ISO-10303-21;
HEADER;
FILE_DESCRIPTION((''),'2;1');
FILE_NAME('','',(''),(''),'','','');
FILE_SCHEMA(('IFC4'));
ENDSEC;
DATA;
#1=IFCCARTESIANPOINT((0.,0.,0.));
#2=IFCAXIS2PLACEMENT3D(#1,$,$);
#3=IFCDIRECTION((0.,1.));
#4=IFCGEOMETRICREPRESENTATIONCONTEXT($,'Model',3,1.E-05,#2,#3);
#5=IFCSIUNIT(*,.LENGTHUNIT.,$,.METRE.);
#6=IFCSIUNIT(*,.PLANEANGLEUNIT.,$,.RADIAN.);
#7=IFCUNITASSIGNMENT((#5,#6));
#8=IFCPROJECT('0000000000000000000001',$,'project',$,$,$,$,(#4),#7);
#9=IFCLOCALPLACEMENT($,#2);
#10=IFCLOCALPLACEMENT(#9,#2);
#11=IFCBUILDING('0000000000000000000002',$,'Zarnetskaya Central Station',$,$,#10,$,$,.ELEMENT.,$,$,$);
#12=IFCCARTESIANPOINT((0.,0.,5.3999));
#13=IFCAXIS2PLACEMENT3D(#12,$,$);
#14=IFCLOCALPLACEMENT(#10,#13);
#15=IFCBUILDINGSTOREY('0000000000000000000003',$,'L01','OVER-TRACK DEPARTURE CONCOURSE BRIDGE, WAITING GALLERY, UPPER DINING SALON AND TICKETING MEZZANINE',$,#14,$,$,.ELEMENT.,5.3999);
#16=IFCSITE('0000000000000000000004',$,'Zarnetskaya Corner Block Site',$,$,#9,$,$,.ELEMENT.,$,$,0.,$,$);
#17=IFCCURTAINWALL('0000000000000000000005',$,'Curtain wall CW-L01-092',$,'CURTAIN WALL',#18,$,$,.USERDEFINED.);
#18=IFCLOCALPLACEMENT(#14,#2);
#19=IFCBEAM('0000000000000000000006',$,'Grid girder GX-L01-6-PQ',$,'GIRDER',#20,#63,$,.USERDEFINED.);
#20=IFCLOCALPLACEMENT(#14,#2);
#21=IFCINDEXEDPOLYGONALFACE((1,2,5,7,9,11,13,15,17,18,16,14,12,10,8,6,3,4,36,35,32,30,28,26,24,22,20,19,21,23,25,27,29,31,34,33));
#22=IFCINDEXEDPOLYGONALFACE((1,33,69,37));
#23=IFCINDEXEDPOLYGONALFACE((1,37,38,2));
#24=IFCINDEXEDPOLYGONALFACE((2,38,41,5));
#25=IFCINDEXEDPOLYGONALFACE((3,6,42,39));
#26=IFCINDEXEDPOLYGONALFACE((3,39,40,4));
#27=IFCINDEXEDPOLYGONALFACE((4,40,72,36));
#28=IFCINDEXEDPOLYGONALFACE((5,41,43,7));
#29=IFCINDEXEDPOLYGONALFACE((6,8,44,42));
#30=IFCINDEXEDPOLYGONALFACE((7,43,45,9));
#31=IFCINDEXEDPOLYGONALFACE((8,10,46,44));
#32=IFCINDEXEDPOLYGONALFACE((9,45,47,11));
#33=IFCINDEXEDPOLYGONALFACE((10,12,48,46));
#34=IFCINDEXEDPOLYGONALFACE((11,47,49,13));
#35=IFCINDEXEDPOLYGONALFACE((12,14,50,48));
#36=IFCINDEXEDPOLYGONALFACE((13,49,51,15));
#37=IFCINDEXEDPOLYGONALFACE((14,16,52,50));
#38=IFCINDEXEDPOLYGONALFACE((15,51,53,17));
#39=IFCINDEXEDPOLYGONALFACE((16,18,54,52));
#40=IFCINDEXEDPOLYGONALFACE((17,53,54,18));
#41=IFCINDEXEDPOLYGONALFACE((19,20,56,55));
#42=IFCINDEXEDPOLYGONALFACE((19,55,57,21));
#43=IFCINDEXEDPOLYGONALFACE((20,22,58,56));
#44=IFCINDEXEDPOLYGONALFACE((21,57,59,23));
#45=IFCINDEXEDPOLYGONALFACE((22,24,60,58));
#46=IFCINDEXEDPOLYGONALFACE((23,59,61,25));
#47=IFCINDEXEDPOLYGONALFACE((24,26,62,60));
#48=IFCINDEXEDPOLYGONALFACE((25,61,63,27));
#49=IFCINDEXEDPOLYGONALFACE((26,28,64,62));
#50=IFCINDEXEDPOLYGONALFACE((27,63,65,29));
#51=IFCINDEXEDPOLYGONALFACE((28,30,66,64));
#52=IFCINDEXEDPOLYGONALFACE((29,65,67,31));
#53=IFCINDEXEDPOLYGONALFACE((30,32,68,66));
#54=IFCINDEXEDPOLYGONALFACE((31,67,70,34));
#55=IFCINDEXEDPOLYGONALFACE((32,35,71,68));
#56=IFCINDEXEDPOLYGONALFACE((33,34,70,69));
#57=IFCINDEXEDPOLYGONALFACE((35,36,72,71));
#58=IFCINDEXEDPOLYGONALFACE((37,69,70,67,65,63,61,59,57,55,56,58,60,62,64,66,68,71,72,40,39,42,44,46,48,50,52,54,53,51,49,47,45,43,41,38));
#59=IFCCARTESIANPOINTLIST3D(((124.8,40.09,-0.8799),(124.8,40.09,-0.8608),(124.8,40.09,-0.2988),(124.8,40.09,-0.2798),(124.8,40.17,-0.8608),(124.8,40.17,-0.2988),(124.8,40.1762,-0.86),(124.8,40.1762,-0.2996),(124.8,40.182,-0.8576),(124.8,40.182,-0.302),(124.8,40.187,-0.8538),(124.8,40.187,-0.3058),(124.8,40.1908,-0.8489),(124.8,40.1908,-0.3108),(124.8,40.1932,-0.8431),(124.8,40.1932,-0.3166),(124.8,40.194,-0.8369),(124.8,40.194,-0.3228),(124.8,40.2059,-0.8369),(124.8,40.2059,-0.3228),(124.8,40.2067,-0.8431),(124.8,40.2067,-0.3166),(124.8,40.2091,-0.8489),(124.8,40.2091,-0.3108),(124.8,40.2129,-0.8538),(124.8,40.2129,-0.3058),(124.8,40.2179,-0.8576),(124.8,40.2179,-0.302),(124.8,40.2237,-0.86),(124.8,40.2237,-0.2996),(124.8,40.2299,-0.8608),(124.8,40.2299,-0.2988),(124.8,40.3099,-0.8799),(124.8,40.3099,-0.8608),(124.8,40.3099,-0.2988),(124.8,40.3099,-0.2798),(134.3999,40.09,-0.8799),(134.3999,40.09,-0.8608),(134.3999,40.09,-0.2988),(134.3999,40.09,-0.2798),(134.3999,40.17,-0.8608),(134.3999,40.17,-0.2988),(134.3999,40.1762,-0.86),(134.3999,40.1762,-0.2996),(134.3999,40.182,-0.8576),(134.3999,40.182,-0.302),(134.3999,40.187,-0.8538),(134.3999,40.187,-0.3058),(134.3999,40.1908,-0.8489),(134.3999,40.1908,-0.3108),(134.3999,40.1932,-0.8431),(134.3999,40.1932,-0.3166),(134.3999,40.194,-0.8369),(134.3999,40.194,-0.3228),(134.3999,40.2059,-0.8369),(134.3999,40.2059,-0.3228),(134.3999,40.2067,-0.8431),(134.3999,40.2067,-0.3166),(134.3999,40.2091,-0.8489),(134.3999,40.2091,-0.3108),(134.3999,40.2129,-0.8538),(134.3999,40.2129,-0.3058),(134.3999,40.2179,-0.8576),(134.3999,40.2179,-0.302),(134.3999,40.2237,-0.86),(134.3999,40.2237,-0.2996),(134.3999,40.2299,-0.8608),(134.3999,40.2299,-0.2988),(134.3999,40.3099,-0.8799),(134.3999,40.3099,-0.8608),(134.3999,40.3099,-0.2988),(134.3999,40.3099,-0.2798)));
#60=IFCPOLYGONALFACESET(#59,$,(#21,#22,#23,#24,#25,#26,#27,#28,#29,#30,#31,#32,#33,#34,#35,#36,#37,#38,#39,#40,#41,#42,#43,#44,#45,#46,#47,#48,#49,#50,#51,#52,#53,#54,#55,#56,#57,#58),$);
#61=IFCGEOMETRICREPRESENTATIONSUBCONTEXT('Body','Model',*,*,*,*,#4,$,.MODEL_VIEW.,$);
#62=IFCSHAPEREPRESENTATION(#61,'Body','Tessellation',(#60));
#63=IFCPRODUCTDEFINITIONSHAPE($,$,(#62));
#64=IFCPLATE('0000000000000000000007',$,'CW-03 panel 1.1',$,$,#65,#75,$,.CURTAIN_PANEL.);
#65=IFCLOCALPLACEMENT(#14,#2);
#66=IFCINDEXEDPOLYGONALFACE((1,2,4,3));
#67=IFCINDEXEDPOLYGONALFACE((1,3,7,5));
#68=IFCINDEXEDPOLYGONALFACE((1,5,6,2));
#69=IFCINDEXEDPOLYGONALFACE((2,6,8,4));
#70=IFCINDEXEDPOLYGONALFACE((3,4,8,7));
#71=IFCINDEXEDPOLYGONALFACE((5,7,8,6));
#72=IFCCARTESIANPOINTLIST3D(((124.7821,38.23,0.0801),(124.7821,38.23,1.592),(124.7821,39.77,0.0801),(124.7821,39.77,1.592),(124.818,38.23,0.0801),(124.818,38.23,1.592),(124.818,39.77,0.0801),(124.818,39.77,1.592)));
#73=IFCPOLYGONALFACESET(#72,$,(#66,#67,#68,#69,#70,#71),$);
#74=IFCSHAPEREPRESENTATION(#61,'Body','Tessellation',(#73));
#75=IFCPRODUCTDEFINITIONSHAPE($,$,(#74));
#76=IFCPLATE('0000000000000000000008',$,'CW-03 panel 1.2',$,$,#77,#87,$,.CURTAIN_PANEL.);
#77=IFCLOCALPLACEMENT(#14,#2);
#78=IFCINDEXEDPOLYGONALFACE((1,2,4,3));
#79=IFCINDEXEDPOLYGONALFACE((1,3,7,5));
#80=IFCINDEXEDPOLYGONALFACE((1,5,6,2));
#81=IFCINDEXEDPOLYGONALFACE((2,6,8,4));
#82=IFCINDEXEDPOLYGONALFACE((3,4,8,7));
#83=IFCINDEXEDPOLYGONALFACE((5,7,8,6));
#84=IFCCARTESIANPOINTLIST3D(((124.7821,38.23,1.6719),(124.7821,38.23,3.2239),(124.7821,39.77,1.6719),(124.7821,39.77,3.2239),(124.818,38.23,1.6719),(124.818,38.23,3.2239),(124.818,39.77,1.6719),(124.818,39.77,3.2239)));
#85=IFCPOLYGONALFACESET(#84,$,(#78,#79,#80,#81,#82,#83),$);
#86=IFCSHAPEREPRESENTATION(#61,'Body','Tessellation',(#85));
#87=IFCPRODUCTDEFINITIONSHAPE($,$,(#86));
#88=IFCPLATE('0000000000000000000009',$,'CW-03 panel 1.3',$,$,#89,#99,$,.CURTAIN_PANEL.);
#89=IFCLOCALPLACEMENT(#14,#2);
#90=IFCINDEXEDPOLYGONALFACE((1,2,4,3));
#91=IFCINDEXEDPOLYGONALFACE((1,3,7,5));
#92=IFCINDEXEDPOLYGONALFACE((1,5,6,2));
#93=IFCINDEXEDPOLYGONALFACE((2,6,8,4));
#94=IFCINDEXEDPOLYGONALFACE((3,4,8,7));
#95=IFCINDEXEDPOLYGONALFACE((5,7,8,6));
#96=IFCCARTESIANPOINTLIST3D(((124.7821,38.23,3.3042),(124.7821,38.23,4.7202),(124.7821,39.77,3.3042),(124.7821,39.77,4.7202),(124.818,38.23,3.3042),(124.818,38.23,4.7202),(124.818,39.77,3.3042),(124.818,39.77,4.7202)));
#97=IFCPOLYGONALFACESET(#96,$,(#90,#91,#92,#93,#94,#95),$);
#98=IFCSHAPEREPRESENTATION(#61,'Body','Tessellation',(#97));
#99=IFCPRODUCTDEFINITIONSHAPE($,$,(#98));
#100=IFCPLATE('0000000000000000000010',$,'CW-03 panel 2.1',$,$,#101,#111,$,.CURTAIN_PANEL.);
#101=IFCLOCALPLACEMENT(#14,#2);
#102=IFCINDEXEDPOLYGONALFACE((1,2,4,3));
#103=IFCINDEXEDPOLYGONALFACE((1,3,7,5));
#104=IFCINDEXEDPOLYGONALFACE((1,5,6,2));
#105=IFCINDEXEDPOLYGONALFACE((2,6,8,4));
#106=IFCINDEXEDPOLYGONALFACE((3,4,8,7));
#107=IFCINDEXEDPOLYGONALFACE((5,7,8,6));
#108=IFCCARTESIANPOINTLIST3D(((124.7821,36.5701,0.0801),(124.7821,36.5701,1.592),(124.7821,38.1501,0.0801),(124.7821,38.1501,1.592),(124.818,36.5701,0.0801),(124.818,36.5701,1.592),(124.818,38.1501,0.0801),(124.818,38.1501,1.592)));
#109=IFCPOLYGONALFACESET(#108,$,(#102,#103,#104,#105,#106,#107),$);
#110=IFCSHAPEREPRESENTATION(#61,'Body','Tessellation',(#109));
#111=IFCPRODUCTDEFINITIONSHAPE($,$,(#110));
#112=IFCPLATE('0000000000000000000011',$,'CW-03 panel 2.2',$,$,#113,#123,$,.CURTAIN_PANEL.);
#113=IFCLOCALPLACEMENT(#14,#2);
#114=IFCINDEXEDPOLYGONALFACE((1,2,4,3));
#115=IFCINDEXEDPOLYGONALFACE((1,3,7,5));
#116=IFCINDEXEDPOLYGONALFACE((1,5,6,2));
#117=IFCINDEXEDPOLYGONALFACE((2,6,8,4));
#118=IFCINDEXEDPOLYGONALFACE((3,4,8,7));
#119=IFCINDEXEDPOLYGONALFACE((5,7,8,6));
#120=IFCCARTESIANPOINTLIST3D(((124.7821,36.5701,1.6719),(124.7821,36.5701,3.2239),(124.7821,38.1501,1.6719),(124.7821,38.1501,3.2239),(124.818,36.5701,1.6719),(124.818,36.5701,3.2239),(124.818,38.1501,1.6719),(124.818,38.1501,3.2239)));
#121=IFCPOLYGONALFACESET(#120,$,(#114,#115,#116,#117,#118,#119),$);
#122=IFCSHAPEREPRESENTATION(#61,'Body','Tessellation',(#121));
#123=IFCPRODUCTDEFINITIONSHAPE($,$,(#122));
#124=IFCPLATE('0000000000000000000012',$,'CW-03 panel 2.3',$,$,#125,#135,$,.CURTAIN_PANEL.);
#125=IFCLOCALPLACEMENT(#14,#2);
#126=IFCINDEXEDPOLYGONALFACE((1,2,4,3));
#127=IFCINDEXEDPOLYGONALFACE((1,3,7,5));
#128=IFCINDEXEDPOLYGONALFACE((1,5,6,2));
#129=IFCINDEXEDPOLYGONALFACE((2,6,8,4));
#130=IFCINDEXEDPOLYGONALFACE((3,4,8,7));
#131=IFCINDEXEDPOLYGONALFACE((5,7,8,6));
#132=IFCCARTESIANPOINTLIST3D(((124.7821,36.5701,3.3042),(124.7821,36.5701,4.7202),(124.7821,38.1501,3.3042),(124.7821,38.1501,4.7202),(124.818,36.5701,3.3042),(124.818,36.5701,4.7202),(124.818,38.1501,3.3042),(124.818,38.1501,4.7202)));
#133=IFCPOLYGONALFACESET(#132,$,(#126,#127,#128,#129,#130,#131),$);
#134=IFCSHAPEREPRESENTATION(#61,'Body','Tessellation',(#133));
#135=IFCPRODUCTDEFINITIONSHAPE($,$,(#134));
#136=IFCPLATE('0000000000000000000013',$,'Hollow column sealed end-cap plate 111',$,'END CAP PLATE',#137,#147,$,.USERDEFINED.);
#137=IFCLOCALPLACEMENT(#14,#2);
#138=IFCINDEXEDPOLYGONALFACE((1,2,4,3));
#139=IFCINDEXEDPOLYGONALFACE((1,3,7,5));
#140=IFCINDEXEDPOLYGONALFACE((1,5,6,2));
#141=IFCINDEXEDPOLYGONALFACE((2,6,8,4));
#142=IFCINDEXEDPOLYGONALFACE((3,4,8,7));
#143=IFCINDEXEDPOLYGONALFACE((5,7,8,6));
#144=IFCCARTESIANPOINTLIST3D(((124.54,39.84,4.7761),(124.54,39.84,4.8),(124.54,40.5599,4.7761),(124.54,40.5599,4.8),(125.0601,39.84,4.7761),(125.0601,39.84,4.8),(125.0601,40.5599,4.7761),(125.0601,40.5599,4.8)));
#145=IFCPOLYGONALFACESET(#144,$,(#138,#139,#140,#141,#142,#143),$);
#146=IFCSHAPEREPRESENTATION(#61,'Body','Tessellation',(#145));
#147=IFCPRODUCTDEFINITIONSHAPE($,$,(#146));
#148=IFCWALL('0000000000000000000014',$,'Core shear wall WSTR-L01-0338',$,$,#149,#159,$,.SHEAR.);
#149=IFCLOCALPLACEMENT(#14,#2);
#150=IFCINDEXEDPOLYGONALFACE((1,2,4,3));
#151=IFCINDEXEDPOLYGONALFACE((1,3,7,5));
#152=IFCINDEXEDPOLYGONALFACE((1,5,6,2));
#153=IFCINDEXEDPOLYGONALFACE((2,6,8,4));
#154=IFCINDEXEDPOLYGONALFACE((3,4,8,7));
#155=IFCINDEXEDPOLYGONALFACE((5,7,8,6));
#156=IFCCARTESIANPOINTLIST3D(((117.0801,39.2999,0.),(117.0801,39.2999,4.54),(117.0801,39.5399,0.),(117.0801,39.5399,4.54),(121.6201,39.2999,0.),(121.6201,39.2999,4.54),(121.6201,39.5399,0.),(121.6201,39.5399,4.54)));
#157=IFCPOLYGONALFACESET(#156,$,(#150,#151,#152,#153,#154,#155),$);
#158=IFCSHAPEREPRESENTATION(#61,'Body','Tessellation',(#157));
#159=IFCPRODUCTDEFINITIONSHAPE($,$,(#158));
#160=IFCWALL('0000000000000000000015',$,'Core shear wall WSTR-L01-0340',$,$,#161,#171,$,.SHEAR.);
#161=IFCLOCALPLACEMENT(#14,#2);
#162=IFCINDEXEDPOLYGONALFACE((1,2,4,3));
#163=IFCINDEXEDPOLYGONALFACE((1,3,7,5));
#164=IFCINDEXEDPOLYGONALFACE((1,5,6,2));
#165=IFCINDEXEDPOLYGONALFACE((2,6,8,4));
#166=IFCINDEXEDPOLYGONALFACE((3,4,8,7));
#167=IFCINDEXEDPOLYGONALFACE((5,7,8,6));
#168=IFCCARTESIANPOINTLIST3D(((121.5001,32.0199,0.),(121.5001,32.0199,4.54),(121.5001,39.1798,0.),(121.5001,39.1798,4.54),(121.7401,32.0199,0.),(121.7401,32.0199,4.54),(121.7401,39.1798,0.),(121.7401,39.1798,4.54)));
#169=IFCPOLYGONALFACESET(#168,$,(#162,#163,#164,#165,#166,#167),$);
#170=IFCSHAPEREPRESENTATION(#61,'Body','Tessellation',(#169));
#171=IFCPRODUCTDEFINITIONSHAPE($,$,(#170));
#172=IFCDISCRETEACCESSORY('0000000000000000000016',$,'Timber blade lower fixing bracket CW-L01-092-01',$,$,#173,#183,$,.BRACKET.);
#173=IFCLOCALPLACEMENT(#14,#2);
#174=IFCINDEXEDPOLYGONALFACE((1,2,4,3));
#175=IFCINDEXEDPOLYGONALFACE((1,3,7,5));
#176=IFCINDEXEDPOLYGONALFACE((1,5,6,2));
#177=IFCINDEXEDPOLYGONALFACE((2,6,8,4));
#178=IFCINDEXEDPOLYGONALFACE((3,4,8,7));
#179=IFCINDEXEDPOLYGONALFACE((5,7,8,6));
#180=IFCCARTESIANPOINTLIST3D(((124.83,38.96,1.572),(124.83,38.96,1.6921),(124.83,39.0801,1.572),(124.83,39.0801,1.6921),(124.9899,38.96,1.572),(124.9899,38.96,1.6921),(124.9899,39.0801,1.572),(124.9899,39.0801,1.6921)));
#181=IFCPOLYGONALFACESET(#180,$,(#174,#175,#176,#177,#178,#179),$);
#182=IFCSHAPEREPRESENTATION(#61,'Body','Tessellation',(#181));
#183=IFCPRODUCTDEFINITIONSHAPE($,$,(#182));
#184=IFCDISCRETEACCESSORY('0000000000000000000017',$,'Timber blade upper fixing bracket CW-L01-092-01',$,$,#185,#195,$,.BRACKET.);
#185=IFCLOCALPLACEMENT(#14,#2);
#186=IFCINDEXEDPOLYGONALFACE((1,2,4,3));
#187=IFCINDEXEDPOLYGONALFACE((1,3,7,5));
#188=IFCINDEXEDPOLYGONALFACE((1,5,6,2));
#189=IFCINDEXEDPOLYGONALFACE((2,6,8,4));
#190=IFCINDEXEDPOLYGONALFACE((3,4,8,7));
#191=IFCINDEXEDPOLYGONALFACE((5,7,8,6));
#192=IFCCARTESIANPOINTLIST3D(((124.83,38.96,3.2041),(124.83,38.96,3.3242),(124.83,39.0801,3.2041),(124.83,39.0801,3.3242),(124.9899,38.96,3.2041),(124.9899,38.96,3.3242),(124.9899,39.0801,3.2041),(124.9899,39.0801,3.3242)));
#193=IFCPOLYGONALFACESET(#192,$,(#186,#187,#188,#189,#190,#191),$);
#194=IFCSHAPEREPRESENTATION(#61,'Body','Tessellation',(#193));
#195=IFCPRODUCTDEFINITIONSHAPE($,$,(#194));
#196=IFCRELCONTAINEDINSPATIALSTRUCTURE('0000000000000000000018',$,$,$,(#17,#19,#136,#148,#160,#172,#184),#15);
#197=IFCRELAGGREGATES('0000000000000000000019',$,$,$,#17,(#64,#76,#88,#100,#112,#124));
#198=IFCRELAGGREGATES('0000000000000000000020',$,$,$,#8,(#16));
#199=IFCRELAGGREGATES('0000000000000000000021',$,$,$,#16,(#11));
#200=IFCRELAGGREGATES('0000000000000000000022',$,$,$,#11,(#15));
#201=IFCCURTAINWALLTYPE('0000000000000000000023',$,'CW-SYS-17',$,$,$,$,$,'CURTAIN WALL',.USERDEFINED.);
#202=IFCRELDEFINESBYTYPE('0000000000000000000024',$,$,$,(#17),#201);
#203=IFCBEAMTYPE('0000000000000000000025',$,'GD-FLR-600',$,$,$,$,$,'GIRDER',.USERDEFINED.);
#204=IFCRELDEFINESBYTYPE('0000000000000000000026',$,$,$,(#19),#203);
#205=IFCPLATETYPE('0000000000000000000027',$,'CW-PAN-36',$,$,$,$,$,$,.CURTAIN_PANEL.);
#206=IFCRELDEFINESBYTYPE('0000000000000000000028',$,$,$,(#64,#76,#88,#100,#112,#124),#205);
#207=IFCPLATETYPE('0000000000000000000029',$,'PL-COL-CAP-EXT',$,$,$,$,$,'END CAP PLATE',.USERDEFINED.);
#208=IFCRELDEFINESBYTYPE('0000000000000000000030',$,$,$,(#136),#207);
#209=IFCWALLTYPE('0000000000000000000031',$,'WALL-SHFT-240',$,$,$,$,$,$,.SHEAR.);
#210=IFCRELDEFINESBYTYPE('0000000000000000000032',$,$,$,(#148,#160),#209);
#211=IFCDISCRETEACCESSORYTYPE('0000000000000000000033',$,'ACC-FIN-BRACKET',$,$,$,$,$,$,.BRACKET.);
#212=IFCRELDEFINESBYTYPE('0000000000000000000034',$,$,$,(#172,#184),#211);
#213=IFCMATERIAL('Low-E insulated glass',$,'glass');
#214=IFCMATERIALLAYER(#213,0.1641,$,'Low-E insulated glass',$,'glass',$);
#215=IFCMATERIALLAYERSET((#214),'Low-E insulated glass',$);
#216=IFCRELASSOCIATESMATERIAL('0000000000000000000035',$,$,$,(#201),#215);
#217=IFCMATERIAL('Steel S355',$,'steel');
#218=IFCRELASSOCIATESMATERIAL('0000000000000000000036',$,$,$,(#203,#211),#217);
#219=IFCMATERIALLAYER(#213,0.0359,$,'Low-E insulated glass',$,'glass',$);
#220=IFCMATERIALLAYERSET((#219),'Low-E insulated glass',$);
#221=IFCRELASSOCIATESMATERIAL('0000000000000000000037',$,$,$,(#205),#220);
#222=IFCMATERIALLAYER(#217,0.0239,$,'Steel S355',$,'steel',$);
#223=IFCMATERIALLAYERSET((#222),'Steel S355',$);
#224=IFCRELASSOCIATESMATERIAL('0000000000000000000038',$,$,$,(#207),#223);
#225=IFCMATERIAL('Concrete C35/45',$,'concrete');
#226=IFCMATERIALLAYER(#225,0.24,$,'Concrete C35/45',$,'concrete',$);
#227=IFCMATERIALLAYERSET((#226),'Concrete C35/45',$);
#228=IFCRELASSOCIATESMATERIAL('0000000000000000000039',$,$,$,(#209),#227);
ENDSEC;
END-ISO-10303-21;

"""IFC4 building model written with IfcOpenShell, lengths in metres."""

from ifc_helpers import new_model, si_unit, direction, frame, frame_2d, origin, origin_2d, place, context, subcontext, project, spatial, rectangle, i_section, extrude, material, layer, layer_set, material_profile, profile_set, type_object, element, aggregate, save


model = new_model("IFC4")

# Units and contexts
model_context = context("Model", 3, precision=1e-05, world=origin(), true_north=direction((0.0, 1.0)))
body_context = subcontext(model_context, "Body", "Model", "MODEL_VIEW")
ifc_project = project(units=[si_unit("LENGTHUNIT", "METRE"), si_unit("PLANEANGLEUNIT", "RADIAN")], contexts=[model_context])

# Site, building, storey
site_placement = place(None, origin())
site = spatial("IfcSite", under=ifc_project, at=site_placement, Name="Zarnetskaya Corner Block Site", CompositionType="ELEMENT", RefElevation=0.0)
building_placement = place(site_placement, origin())
building = spatial("IfcBuilding", under=site, at=building_placement, Name="Zarnetskaya Central Station", CompositionType="ELEMENT")
storey_placement = place(building_placement, frame((0.0, 0.0, 5.3999)))
storey = spatial("IfcBuildingStorey", under=building, at=storey_placement, Name="L01", Description="OVER-TRACK DEPARTURE CONCOURSE BRIDGE, WAITING GALLERY, UPPER DINING SALON AND TICKETING MEZZANINE", CompositionType="ELEMENT", Elevation=5.3999)

# Shared definitions
ifc_material_1 = material(Name="Steel S355", Category="steel")

# Shared definitions
ifc_material_2 = material(Name="Low-E insulated glass", Category="glass")
ifc_layer_1 = layer(ifc_material_2, 0.1641, Name="Low-E insulated glass", Category="glass")
ifc_layer_set_1 = layer_set([ifc_layer_1], Name="Low-E insulated glass")
curtain_wall_type = type_object("IfcCurtainWallType", Name="CW-SYS-17", ElementType="CURTAIN WALL", PredefinedType="USERDEFINED", material=ifc_layer_set_1)

# Curtain wall
curtain_wall_1_placement = place(storey_placement, origin())
curtain_wall_1 = element("IfcCurtainWall", 1, at=curtain_wall_1_placement, inside=storey, type_object=curtain_wall_type, Name="Curtain wall CW-L01-092", ObjectType="CURTAIN WALL", PredefinedType="USERDEFINED")

# Beam
ifc_material_profile_1 = material_profile(ifc_material_1, i_section(OverallWidth=0.22, OverallDepth=0.6001, WebThickness=0.012, FlangeThickness=0.019, FilletRadius=0.0239, at=origin_2d()), Name="IPE 600")
ifc_profile_set_1 = profile_set([ifc_material_profile_1], Name="Steel S355")
beam_type_1 = type_object("IfcBeamType", Name="GD-FLR-600", ElementType="GIRDER", PredefinedType="USERDEFINED", material=ifc_profile_set_1)
beam_1_placement = place(storey_placement, frame((124.8, 40.2, -0.5798), z_axis=(1.0, 0.0, 0.0), x_axis=(0.0, 1.0, 0.0)))
element("IfcBeam", 2, at=beam_1_placement, inside=storey, type_object=beam_type_1, Name="Grid girder GX-L01-6-PQ", ObjectType="GIRDER", PredefinedType="USERDEFINED", context=body_context, shape_type="SweptSolid", body=[
    extrude(i_section(OverallWidth=0.22, OverallDepth=0.6001, WebThickness=0.012, FlangeThickness=0.019, FilletRadius=0.0239, at=origin_2d()), origin(), (0.0, 0.0, 1.0), 9.5999),
])

# Plates
ifc_layer_2 = layer(ifc_material_2, 0.0359, Name="Low-E insulated glass", Category="glass")
ifc_layer_set_2 = layer_set([ifc_layer_2], Name="Low-E insulated glass")
plate_type_1 = type_object("IfcPlateType", Name="CW-PAN-36", PredefinedType="CURTAIN_PANEL", material=ifc_layer_set_2)
plate_1_placement = place(storey_placement, frame((124.8, 39.0, 0.0801), z_axis=(0.0, 0.0, 1.0), x_axis=(0.0, -1.0, 0.0)))
plate_1 = element("IfcPlate", 3, at=plate_1_placement, type_object=plate_type_1, Name="CW-03 panel 1.1", PredefinedType="CURTAIN_PANEL", context=body_context, shape_type="SweptSolid", body=[
    extrude(rectangle(XDim=1.54, YDim=0.0359, at=origin_2d()), origin(), (0.0, 0.0, 1.0), 1.512),
])
plate_2_placement = place(storey_placement, frame((124.8, 39.0, 1.6719), z_axis=(0.0, 0.0, 1.0), x_axis=(0.0, -1.0, 0.0)))
plate_2 = element("IfcPlate", 4, at=plate_2_placement, type_object=plate_type_1, Name="CW-03 panel 1.2", PredefinedType="CURTAIN_PANEL", context=body_context, shape_type="SweptSolid", body=[
    extrude(rectangle(XDim=1.54, YDim=0.0359, at=origin_2d()), origin(), (0.0, 0.0, 1.0), 1.552),
])
plate_3_placement = place(storey_placement, frame((124.8, 39.0, 3.3042), z_axis=(0.0, 0.0, 1.0), x_axis=(0.0, -1.0, 0.0)))
plate_3 = element("IfcPlate", 5, at=plate_3_placement, type_object=plate_type_1, Name="CW-03 panel 1.3", PredefinedType="CURTAIN_PANEL", context=body_context, shape_type="SweptSolid", body=[
    extrude(rectangle(XDim=1.54, YDim=0.0359, at=origin_2d()), origin(), (0.0, 0.0, 1.0), 1.416),
])
plate_4_placement = place(storey_placement, frame((124.8, 37.3601, 0.0801), z_axis=(0.0, 0.0, 1.0), x_axis=(0.0, -1.0, 0.0)))
plate_4 = element("IfcPlate", 6, at=plate_4_placement, type_object=plate_type_1, Name="CW-03 panel 2.1", PredefinedType="CURTAIN_PANEL", context=body_context, shape_type="SweptSolid", body=[
    extrude(rectangle(XDim=1.5801, YDim=0.0359, at=origin_2d()), origin(), (0.0, 0.0, 1.0), 1.512),
])
plate_5_placement = place(storey_placement, frame((124.8, 37.3601, 1.6719), z_axis=(0.0, 0.0, 1.0), x_axis=(0.0, -1.0, 0.0)))
plate_5 = element("IfcPlate", 7, at=plate_5_placement, type_object=plate_type_1, Name="CW-03 panel 2.2", PredefinedType="CURTAIN_PANEL", context=body_context, shape_type="SweptSolid", body=[
    extrude(rectangle(XDim=1.5801, YDim=0.0359, at=origin_2d()), origin(), (0.0, 0.0, 1.0), 1.552),
])
plate_6_placement = place(storey_placement, frame((124.8, 37.3601, 3.3042), z_axis=(0.0, 0.0, 1.0), x_axis=(0.0, -1.0, 0.0)))
plate_6 = element("IfcPlate", 8, at=plate_6_placement, type_object=plate_type_1, Name="CW-03 panel 2.3", PredefinedType="CURTAIN_PANEL", context=body_context, shape_type="SweptSolid", body=[
    extrude(rectangle(XDim=1.5801, YDim=0.0359, at=origin_2d()), origin(), (0.0, 0.0, 1.0), 1.416),
])
aggregate(curtain_wall_1, [plate_1, plate_2, plate_3, plate_4, plate_5, plate_6])
ifc_layer_3 = layer(ifc_material_1, 0.0239, Name="Steel S355", Category="steel")
ifc_layer_set_3 = layer_set([ifc_layer_3], Name="Steel S355")
plate_type_2 = type_object("IfcPlateType", Name="PL-COL-CAP-EXT", ElementType="END CAP PLATE", PredefinedType="USERDEFINED", material=ifc_layer_set_3)
plate_7_placement = place(storey_placement, frame((124.8, 40.2, 4.7761), z_axis=(0.0, 0.0, 1.0), x_axis=(1.0, 0.0, 0.0)))
element("IfcPlate", 9, at=plate_7_placement, inside=storey, type_object=plate_type_2, Name="Hollow column sealed end-cap plate 111", ObjectType="END CAP PLATE", PredefinedType="USERDEFINED", context=body_context, shape_type="SweptSolid", body=[
    extrude(rectangle(XDim=0.52, YDim=0.72, at=origin_2d()), origin(), (0.0, 0.0, 1.0), 0.0239),
])

# Walls
ifc_material_3 = material(Name="Concrete C35/45", Category="concrete")
ifc_layer_4 = layer(ifc_material_3, 0.24, Name="Concrete C35/45", Category="concrete")
ifc_layer_set_4 = layer_set([ifc_layer_4], Name="Concrete C35/45")
wall_type = type_object("IfcWallType", Name="WALL-SHFT-240", PredefinedType="SHEAR", material=ifc_layer_set_4)
wall_1_placement = place(storey_placement, frame((117.0801, 39.4199, 0.0), z_axis=(0.0, 0.0, 1.0), x_axis=(1.0, 0.0, 0.0)))
element("IfcWall", 10, at=wall_1_placement, inside=storey, type_object=wall_type, Name="Core shear wall WSTR-L01-0338", PredefinedType="SHEAR", context=body_context, shape_type="SweptSolid", body=[
    extrude(rectangle(XDim=4.54, YDim=0.24, at=frame_2d((2.27, 0.0))), origin(), (0.0, 0.0, 1.0), 4.54),
])
wall_2_placement = place(storey_placement, frame((121.6201, 39.1799, 0.0), z_axis=(0.0, 0.0, 1.0), x_axis=(0.0, -1.0, 0.0)))
element("IfcWall", 11, at=wall_2_placement, inside=storey, type_object=wall_type, Name="Core shear wall WSTR-L01-0340", PredefinedType="SHEAR", context=body_context, shape_type="SweptSolid", body=[
    extrude(rectangle(XDim=7.1599, YDim=0.24, at=frame_2d((3.5801, 0.0))), origin(), (0.0, 0.0, 1.0), 4.54),
])

# Discrete accessories
discrete_accessory_type = type_object("IfcDiscreteAccessoryType", Name="ACC-FIN-BRACKET", PredefinedType="BRACKET", material=ifc_material_1)
for number, where, z_axis, x_axis, name in (
    (12, (124.9099, 39.02, 1.572), (0.0, 0.0, 1.0), (0.0, -1.0, 0.0), "Timber blade lower fixing bracket CW-L01-092-01"),
    (13, (124.9099, 39.02, 3.2041), (0.0, 0.0, 1.0), (0.0, -1.0, 0.0), "Timber blade upper fixing bracket CW-L01-092-01"),
):
    element("IfcDiscreteAccessory", number, at=place(storey_placement, frame(where, z_axis=z_axis, x_axis=x_axis)), inside=storey, type_object=discrete_accessory_type, Name=name, PredefinedType="BRACKET", context=body_context, shape_type="SweptSolid", body=[
        extrude(rectangle(XDim=0.1201, YDim=0.1599, at=origin_2d()), origin(), (0.0, 0.0, 1.0), 0.1201),
    ])

save(model, "model.ifc")
